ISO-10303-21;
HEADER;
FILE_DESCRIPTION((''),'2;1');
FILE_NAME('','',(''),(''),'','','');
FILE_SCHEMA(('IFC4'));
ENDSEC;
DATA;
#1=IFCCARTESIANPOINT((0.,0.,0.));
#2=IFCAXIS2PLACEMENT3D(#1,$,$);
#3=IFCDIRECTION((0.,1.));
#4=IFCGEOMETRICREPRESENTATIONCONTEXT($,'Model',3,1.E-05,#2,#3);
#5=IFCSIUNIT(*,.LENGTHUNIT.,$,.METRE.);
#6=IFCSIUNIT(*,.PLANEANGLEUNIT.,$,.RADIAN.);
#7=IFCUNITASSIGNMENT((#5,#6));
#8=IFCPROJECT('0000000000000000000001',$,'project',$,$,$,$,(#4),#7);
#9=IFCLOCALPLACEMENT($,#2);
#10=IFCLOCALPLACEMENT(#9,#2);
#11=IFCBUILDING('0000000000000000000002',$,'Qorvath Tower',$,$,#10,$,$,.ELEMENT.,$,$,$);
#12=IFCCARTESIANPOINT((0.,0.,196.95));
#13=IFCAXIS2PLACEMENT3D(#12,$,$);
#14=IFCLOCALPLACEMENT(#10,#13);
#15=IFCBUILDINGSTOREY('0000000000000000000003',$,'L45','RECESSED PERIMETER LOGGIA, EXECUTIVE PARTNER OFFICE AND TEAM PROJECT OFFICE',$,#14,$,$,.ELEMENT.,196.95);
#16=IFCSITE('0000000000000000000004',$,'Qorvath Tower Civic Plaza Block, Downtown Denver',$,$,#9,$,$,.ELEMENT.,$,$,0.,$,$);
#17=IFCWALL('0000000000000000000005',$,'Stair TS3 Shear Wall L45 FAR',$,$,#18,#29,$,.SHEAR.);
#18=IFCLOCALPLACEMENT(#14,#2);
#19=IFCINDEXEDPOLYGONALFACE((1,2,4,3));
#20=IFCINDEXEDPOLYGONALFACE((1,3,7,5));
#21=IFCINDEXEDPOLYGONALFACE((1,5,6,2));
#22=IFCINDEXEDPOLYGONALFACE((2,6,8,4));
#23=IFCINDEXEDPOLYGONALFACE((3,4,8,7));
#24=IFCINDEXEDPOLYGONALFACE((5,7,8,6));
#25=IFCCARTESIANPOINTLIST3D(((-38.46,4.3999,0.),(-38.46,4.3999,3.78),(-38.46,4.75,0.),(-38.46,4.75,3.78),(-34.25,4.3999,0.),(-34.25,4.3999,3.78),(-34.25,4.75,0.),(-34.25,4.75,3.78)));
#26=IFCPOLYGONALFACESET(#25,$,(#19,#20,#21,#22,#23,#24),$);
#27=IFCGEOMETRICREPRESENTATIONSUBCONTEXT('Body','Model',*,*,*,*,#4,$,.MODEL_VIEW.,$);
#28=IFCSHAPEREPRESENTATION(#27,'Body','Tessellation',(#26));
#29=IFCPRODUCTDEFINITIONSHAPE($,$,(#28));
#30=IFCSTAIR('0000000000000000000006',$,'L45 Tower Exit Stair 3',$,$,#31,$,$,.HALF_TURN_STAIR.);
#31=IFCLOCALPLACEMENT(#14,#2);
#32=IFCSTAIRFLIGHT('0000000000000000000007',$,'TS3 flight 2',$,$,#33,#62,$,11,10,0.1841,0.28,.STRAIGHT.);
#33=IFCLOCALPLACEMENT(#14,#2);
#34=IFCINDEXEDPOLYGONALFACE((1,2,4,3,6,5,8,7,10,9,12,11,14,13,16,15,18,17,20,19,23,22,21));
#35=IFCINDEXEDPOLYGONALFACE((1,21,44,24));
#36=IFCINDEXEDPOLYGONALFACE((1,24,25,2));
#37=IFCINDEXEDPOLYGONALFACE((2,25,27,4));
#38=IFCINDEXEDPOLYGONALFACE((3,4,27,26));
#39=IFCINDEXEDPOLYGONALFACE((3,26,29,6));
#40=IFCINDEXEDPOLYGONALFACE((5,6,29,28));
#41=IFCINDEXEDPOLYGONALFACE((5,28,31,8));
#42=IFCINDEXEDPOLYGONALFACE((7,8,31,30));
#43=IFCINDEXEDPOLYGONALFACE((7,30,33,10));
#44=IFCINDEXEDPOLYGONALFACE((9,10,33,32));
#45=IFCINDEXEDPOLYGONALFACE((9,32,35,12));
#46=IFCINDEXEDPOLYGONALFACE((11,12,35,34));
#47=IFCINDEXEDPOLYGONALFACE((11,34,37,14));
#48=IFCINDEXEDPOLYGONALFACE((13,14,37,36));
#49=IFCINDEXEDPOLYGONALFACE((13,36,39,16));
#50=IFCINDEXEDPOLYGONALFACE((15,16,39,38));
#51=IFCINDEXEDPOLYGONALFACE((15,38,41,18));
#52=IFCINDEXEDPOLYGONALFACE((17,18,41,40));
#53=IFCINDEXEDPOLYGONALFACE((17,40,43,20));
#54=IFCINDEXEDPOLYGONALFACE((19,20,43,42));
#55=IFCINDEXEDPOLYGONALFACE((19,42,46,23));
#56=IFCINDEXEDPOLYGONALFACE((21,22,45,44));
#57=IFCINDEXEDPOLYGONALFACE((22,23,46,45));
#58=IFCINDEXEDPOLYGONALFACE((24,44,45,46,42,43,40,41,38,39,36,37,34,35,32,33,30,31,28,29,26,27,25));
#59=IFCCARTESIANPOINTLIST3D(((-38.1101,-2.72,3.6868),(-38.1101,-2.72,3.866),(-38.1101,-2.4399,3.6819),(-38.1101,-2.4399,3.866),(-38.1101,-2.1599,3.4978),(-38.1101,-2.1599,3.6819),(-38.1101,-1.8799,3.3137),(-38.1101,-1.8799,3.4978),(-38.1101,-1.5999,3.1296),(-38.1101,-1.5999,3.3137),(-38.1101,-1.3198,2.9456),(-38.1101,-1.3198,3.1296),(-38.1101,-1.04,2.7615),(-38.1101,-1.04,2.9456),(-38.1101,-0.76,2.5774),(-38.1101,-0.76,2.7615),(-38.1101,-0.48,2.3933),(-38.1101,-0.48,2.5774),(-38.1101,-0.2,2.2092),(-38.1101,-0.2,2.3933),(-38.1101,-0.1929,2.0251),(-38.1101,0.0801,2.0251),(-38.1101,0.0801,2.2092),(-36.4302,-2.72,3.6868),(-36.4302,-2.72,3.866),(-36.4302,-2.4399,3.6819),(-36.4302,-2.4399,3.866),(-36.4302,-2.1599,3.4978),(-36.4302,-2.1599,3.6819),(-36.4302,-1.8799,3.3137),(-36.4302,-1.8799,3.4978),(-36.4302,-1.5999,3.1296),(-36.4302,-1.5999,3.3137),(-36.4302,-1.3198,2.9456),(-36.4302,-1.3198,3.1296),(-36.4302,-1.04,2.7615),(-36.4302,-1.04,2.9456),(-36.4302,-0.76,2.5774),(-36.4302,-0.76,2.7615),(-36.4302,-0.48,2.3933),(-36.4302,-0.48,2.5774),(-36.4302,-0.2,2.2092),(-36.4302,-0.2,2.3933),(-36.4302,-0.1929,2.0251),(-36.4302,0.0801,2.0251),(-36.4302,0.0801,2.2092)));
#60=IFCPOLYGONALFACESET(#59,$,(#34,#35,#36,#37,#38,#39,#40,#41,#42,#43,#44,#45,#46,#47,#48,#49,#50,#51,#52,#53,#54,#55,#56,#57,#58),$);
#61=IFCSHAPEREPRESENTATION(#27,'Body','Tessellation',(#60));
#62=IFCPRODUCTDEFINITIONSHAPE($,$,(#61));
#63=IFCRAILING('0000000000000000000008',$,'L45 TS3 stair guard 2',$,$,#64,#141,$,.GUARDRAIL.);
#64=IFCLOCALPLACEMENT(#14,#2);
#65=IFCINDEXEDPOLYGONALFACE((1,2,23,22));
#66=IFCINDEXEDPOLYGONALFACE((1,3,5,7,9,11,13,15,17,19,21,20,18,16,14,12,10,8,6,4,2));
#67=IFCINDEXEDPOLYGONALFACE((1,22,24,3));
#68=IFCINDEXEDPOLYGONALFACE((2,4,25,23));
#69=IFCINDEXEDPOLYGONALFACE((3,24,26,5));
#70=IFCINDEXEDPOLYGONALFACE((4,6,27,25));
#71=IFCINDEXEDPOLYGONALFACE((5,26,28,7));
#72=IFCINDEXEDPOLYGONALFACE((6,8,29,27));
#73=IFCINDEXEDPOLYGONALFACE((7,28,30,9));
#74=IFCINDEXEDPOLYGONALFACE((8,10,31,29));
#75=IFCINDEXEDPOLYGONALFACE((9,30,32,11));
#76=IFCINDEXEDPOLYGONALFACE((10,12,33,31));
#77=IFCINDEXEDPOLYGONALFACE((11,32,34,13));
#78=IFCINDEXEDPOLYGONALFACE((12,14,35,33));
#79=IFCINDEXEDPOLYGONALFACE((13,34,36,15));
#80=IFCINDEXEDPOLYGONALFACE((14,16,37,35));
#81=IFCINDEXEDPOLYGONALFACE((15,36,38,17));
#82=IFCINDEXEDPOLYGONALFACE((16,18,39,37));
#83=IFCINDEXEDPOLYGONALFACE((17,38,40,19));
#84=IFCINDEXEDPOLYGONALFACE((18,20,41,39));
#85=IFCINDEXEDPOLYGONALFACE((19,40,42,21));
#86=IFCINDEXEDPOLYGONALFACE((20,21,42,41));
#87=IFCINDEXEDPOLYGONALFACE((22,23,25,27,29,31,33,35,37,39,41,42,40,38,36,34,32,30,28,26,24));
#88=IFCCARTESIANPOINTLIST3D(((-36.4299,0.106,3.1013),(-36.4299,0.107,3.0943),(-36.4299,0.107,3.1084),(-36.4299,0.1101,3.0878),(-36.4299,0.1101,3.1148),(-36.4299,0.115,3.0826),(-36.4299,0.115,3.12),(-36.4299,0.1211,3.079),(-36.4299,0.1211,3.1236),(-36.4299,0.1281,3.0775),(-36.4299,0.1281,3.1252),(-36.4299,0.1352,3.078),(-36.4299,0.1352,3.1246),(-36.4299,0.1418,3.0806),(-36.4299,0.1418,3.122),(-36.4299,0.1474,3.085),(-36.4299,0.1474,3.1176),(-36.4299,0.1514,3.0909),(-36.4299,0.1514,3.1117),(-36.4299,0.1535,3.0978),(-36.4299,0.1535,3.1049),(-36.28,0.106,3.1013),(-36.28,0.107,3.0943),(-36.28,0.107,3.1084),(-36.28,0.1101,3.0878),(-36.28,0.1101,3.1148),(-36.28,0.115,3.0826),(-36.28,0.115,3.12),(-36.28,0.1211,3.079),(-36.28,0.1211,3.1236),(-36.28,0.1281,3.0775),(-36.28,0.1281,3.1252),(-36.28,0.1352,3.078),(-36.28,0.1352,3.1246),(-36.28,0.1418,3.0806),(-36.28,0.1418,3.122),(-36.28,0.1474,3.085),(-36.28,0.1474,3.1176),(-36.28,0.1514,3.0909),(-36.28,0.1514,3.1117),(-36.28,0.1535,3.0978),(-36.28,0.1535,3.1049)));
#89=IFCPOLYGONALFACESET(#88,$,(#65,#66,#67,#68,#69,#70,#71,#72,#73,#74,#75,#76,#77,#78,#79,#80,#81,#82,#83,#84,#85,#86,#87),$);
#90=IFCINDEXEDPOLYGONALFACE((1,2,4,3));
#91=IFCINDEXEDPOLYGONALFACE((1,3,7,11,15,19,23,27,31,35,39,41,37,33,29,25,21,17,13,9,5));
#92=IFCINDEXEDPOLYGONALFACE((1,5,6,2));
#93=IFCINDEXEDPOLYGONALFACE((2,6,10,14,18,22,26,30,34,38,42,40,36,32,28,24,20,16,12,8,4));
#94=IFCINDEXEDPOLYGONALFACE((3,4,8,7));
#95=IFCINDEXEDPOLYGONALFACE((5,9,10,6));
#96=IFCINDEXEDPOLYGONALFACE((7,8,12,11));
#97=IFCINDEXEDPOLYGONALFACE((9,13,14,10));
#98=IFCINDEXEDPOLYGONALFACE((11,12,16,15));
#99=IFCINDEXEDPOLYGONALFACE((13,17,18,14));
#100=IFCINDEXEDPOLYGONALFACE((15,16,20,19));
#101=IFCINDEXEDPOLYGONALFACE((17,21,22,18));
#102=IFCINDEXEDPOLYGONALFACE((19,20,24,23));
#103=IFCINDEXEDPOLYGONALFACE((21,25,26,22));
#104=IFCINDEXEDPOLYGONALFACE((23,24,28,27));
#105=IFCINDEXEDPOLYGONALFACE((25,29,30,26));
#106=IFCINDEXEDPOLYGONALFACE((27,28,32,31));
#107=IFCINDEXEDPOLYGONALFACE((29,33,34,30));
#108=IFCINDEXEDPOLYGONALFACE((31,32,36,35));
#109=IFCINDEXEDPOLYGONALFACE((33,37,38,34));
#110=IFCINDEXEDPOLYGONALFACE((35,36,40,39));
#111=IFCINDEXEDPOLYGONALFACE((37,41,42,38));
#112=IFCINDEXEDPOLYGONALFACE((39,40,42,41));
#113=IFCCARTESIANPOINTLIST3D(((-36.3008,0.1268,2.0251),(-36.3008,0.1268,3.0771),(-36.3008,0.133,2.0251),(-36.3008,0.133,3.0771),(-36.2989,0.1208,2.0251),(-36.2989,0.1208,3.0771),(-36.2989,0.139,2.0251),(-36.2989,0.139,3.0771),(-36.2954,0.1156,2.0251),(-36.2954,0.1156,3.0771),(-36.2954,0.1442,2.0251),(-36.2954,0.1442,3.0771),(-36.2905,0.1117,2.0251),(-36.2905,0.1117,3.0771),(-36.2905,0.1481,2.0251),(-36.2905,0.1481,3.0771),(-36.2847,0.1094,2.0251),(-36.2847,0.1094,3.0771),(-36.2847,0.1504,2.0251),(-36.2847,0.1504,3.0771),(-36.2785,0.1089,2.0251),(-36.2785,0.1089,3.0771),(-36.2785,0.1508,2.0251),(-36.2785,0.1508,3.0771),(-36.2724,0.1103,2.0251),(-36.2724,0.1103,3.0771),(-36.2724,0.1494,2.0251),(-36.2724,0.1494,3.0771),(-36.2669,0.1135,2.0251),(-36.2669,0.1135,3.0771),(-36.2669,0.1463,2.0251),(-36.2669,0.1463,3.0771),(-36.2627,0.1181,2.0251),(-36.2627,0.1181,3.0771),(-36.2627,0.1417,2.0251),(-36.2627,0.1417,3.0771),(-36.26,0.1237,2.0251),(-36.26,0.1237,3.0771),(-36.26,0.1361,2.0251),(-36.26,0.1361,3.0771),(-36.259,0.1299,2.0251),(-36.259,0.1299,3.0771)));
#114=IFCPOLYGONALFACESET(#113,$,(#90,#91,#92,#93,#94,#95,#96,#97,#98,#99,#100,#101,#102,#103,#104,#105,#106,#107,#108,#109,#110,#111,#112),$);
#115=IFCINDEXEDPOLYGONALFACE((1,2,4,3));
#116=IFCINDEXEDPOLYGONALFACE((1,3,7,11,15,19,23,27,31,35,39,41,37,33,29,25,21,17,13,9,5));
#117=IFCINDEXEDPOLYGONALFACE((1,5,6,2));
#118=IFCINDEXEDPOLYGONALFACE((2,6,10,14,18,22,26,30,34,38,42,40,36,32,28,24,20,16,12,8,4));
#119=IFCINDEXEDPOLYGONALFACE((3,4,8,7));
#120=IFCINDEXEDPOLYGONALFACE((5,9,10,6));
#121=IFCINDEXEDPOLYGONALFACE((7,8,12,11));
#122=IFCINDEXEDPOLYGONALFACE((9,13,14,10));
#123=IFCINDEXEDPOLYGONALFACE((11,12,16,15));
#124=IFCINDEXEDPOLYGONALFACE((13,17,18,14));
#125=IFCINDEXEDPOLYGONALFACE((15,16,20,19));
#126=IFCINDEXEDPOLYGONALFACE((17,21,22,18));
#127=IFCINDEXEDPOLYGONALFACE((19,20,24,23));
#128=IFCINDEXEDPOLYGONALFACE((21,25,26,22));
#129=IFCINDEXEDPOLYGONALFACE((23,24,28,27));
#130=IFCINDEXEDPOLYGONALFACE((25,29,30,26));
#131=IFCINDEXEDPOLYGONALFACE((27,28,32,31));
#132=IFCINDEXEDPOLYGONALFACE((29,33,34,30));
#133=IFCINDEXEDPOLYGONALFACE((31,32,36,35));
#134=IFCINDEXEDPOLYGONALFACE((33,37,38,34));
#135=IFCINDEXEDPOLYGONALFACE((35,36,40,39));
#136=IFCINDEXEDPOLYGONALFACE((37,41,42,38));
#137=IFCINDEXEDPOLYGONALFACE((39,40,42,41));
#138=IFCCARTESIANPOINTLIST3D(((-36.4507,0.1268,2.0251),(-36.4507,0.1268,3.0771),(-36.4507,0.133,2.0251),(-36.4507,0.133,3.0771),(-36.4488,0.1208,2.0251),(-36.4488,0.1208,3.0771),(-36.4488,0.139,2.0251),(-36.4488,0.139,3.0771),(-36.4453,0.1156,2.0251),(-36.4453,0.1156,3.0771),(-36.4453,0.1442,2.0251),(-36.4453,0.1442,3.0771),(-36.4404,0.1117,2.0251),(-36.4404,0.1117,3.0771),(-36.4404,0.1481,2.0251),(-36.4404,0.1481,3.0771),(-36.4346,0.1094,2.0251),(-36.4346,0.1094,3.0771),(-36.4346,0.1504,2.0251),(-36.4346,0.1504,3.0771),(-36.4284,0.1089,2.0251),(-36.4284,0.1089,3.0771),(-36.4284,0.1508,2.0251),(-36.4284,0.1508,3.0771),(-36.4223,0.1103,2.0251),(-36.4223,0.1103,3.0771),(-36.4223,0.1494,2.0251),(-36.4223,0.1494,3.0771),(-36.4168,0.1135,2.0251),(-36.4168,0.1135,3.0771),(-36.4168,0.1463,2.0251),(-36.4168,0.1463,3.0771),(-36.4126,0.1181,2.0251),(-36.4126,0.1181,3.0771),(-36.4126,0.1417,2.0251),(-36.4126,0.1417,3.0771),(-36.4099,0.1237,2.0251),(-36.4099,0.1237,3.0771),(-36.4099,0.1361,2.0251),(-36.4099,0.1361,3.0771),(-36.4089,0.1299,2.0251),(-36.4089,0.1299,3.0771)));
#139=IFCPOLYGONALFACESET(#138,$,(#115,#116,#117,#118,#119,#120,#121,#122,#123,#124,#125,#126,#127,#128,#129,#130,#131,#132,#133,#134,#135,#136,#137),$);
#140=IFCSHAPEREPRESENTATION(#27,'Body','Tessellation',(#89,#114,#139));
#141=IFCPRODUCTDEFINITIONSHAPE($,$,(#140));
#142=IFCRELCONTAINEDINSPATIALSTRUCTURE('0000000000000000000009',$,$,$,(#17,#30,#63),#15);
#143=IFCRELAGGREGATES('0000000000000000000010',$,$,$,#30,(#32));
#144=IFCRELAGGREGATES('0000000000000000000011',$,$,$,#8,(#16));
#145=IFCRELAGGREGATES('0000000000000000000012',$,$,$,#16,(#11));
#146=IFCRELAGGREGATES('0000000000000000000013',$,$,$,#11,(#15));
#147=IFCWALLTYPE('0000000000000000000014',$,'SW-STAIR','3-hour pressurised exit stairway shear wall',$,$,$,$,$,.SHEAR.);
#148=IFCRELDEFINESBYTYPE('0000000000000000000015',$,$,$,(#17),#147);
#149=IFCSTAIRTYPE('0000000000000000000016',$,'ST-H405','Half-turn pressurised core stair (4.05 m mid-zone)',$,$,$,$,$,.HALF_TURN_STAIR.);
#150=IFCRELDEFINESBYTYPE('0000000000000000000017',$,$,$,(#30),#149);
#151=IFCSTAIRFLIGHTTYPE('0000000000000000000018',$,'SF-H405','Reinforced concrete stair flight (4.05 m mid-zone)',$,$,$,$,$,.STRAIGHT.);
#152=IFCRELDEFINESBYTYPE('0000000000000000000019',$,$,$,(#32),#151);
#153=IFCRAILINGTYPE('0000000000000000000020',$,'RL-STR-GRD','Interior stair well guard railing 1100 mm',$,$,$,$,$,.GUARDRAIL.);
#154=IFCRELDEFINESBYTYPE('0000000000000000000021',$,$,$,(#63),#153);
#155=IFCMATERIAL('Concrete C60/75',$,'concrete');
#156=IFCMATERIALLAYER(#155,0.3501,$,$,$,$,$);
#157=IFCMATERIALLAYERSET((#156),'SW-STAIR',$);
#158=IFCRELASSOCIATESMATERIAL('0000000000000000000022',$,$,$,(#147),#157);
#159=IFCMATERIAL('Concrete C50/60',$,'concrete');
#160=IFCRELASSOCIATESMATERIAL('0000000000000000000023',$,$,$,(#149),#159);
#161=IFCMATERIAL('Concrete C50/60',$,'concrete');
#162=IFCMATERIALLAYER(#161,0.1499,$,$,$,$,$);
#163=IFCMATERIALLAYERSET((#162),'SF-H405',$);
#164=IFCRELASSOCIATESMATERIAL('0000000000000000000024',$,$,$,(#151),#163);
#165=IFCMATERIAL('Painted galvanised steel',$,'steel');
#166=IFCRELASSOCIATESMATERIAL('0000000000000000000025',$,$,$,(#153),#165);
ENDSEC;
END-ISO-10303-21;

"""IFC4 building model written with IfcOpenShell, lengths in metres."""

from ifc_helpers import new_model, si_unit, direction, frame, frame_2d, origin, origin_2d, place, context, subcontext, project, spatial, polyline, rectangle, circle, outline, extrude, material, layer, layer_set, type_object, element, aggregate, save


model = new_model("IFC4")

# Units and contexts
model_context = context("Model", 3, precision=1e-05, world=origin(), true_north=direction((0.0, 1.0)))
body_context = subcontext(model_context, "Body", "Model", "MODEL_VIEW")
ifc_project = project(units=[si_unit("LENGTHUNIT", "METRE"), si_unit("PLANEANGLEUNIT", "RADIAN")], contexts=[model_context])

# Site, building, storey
site_placement = place(None, origin())
site = spatial("IfcSite", under=ifc_project, at=site_placement, Name="Qorvath Tower Civic Plaza Block, Downtown Denver", CompositionType="ELEMENT", RefElevation=0.0)
building_placement = place(site_placement, origin())
building = spatial("IfcBuilding", under=site, at=building_placement, Name="Qorvath Tower", CompositionType="ELEMENT")
storey_placement = place(building_placement, frame((0.0, 0.0, 196.95)))
storey = spatial("IfcBuildingStorey", under=building, at=storey_placement, Name="L45", Description="RECESSED PERIMETER LOGGIA, EXECUTIVE PARTNER OFFICE AND TEAM PROJECT OFFICE", CompositionType="ELEMENT", Elevation=196.95)

# Wall
ifc_material_1 = material(Name="Concrete C60/75", Category="concrete")
ifc_layer_1 = layer(ifc_material_1, 0.3501)
ifc_layer_set_1 = layer_set([ifc_layer_1], Name="SW-STAIR")
wall_type_1 = type_object("IfcWallType", Name="SW-STAIR", Description="3-hour pressurised exit stairway shear wall", PredefinedType="SHEAR", material=ifc_layer_set_1)
wall_1_placement = place(storey_placement, frame((-34.25, 4.575, 0.0), z_axis=(0.0, 0.0, 1.0), x_axis=(-1.0, 0.0, 0.0)))
element("IfcWall", 1, at=wall_1_placement, inside=storey, type_object=wall_type_1, Name="Stair TS3 Shear Wall L45 FAR", PredefinedType="SHEAR", context=body_context, shape_type="SweptSolid", body=[
    extrude(rectangle(XDim=4.21, YDim=0.3501, at=frame_2d((2.105, 0.0))), origin(), (0.0, 0.0, 1.0), 3.78),
])

# Stair, stair flight
ifc_material_2 = material(Name="Concrete C50/60", Category="concrete")
stair_type = type_object("IfcStairType", Name="ST-H405", Description="Half-turn pressurised core stair (4.05 m mid-zone)", PredefinedType="HALF_TURN_STAIR", material=ifc_material_2)
stair_placement = place(storey_placement, origin())
stair = element("IfcStair", 2, at=stair_placement, inside=storey, type_object=stair_type, Name="L45 Tower Exit Stair 3", PredefinedType="HALF_TURN_STAIR")
ifc_material_3 = material(Name="Concrete C50/60", Category="concrete")
ifc_layer_2 = layer(ifc_material_3, 0.1499)
ifc_layer_set_2 = layer_set([ifc_layer_2], Name="SF-H405")
stair_flight_type = type_object("IfcStairFlightType", Name="SF-H405", Description="Reinforced concrete stair flight (4.05 m mid-zone)", PredefinedType="STRAIGHT", material=ifc_layer_set_2)
stair_flight_placement = place(storey_placement, frame((-37.27, 0.0801, 2.0251), z_axis=(0.0, 0.0, 1.0), x_axis=(0.0, -1.0, 0.0)))
stair_flight = element("IfcStairFlight", 3, at=stair_flight_placement, type_object=stair_flight_type, Name="TS3 flight 2", NumberOfRisers=11, NumberOfTreads=10, PredefinedType="STRAIGHT", RiserHeight=0.1841, TreadLength=0.28, context=body_context, shape_type="SweptSolid", body=[
    extrude(outline(polyline([(0.0, 0.0), (0.0, 0.1841), (0.28, 0.1841), (0.28, 0.3682), (0.5601, 0.3682), (0.5601, 0.5522), (0.8401, 0.5522), (0.8401, 0.7363), (1.1201, 0.7363), (1.1201, 0.9204), (1.3999, 0.9204), (1.3999, 1.1045), (1.6799, 1.1045), (1.6799, 1.2886), (1.96, 1.2886), (1.96, 1.4727), (2.24, 1.4727), (2.24, 1.6567), (2.52, 1.6567), (2.52, 1.8408), (2.8, 1.8408), (2.8, 2.0249), (2.8, 1.6616), (0.2729, 0.0), (0.0, 0.0)])), frame((0.0, 0.8398, 0.0), z_axis=(0.0, -1.0, 0.0), x_axis=(1.0, 0.0, 0.0)), (0.0, 0.0, 1.0), 1.6799),
])
aggregate(stair, [stair_flight])

# Railing
ifc_material_4 = material(Name="Painted galvanised steel", Category="steel")
railing_type = type_object("IfcRailingType", Name="RL-STR-GRD", Description="Interior stair well guard railing 1100 mm", PredefinedType="GUARDRAIL", material=ifc_material_4)
railing_1_placement = place(storey_placement, frame((-36.28, 0.1299, 2.0251)))
element("IfcRailing", 4, at=railing_1_placement, inside=storey, type_object=railing_type, Name="L45 TS3 stair guard 2", PredefinedType="GUARDRAIL", context=body_context, shape_type="SweptSolid", body=[
    extrude(circle(Radius=0.0239, at=origin_2d()), frame((0.0, 0.0, 1.0762), z_axis=(-1.0, 0.0, 0.0), x_axis=(0.0, -1.0, 0.0)), (0.0, 0.0, 1.0), 0.1499),
    extrude(circle(Radius=0.021, at=origin_2d()), origin(), (0.0, 0.0, 1.0), 1.052),
    extrude(circle(Radius=0.021, at=origin_2d()), frame((-0.1499, 0.0, 0.0)), (0.0, 0.0, 1.0), 1.052),
])

save(model, "model.ifc")
